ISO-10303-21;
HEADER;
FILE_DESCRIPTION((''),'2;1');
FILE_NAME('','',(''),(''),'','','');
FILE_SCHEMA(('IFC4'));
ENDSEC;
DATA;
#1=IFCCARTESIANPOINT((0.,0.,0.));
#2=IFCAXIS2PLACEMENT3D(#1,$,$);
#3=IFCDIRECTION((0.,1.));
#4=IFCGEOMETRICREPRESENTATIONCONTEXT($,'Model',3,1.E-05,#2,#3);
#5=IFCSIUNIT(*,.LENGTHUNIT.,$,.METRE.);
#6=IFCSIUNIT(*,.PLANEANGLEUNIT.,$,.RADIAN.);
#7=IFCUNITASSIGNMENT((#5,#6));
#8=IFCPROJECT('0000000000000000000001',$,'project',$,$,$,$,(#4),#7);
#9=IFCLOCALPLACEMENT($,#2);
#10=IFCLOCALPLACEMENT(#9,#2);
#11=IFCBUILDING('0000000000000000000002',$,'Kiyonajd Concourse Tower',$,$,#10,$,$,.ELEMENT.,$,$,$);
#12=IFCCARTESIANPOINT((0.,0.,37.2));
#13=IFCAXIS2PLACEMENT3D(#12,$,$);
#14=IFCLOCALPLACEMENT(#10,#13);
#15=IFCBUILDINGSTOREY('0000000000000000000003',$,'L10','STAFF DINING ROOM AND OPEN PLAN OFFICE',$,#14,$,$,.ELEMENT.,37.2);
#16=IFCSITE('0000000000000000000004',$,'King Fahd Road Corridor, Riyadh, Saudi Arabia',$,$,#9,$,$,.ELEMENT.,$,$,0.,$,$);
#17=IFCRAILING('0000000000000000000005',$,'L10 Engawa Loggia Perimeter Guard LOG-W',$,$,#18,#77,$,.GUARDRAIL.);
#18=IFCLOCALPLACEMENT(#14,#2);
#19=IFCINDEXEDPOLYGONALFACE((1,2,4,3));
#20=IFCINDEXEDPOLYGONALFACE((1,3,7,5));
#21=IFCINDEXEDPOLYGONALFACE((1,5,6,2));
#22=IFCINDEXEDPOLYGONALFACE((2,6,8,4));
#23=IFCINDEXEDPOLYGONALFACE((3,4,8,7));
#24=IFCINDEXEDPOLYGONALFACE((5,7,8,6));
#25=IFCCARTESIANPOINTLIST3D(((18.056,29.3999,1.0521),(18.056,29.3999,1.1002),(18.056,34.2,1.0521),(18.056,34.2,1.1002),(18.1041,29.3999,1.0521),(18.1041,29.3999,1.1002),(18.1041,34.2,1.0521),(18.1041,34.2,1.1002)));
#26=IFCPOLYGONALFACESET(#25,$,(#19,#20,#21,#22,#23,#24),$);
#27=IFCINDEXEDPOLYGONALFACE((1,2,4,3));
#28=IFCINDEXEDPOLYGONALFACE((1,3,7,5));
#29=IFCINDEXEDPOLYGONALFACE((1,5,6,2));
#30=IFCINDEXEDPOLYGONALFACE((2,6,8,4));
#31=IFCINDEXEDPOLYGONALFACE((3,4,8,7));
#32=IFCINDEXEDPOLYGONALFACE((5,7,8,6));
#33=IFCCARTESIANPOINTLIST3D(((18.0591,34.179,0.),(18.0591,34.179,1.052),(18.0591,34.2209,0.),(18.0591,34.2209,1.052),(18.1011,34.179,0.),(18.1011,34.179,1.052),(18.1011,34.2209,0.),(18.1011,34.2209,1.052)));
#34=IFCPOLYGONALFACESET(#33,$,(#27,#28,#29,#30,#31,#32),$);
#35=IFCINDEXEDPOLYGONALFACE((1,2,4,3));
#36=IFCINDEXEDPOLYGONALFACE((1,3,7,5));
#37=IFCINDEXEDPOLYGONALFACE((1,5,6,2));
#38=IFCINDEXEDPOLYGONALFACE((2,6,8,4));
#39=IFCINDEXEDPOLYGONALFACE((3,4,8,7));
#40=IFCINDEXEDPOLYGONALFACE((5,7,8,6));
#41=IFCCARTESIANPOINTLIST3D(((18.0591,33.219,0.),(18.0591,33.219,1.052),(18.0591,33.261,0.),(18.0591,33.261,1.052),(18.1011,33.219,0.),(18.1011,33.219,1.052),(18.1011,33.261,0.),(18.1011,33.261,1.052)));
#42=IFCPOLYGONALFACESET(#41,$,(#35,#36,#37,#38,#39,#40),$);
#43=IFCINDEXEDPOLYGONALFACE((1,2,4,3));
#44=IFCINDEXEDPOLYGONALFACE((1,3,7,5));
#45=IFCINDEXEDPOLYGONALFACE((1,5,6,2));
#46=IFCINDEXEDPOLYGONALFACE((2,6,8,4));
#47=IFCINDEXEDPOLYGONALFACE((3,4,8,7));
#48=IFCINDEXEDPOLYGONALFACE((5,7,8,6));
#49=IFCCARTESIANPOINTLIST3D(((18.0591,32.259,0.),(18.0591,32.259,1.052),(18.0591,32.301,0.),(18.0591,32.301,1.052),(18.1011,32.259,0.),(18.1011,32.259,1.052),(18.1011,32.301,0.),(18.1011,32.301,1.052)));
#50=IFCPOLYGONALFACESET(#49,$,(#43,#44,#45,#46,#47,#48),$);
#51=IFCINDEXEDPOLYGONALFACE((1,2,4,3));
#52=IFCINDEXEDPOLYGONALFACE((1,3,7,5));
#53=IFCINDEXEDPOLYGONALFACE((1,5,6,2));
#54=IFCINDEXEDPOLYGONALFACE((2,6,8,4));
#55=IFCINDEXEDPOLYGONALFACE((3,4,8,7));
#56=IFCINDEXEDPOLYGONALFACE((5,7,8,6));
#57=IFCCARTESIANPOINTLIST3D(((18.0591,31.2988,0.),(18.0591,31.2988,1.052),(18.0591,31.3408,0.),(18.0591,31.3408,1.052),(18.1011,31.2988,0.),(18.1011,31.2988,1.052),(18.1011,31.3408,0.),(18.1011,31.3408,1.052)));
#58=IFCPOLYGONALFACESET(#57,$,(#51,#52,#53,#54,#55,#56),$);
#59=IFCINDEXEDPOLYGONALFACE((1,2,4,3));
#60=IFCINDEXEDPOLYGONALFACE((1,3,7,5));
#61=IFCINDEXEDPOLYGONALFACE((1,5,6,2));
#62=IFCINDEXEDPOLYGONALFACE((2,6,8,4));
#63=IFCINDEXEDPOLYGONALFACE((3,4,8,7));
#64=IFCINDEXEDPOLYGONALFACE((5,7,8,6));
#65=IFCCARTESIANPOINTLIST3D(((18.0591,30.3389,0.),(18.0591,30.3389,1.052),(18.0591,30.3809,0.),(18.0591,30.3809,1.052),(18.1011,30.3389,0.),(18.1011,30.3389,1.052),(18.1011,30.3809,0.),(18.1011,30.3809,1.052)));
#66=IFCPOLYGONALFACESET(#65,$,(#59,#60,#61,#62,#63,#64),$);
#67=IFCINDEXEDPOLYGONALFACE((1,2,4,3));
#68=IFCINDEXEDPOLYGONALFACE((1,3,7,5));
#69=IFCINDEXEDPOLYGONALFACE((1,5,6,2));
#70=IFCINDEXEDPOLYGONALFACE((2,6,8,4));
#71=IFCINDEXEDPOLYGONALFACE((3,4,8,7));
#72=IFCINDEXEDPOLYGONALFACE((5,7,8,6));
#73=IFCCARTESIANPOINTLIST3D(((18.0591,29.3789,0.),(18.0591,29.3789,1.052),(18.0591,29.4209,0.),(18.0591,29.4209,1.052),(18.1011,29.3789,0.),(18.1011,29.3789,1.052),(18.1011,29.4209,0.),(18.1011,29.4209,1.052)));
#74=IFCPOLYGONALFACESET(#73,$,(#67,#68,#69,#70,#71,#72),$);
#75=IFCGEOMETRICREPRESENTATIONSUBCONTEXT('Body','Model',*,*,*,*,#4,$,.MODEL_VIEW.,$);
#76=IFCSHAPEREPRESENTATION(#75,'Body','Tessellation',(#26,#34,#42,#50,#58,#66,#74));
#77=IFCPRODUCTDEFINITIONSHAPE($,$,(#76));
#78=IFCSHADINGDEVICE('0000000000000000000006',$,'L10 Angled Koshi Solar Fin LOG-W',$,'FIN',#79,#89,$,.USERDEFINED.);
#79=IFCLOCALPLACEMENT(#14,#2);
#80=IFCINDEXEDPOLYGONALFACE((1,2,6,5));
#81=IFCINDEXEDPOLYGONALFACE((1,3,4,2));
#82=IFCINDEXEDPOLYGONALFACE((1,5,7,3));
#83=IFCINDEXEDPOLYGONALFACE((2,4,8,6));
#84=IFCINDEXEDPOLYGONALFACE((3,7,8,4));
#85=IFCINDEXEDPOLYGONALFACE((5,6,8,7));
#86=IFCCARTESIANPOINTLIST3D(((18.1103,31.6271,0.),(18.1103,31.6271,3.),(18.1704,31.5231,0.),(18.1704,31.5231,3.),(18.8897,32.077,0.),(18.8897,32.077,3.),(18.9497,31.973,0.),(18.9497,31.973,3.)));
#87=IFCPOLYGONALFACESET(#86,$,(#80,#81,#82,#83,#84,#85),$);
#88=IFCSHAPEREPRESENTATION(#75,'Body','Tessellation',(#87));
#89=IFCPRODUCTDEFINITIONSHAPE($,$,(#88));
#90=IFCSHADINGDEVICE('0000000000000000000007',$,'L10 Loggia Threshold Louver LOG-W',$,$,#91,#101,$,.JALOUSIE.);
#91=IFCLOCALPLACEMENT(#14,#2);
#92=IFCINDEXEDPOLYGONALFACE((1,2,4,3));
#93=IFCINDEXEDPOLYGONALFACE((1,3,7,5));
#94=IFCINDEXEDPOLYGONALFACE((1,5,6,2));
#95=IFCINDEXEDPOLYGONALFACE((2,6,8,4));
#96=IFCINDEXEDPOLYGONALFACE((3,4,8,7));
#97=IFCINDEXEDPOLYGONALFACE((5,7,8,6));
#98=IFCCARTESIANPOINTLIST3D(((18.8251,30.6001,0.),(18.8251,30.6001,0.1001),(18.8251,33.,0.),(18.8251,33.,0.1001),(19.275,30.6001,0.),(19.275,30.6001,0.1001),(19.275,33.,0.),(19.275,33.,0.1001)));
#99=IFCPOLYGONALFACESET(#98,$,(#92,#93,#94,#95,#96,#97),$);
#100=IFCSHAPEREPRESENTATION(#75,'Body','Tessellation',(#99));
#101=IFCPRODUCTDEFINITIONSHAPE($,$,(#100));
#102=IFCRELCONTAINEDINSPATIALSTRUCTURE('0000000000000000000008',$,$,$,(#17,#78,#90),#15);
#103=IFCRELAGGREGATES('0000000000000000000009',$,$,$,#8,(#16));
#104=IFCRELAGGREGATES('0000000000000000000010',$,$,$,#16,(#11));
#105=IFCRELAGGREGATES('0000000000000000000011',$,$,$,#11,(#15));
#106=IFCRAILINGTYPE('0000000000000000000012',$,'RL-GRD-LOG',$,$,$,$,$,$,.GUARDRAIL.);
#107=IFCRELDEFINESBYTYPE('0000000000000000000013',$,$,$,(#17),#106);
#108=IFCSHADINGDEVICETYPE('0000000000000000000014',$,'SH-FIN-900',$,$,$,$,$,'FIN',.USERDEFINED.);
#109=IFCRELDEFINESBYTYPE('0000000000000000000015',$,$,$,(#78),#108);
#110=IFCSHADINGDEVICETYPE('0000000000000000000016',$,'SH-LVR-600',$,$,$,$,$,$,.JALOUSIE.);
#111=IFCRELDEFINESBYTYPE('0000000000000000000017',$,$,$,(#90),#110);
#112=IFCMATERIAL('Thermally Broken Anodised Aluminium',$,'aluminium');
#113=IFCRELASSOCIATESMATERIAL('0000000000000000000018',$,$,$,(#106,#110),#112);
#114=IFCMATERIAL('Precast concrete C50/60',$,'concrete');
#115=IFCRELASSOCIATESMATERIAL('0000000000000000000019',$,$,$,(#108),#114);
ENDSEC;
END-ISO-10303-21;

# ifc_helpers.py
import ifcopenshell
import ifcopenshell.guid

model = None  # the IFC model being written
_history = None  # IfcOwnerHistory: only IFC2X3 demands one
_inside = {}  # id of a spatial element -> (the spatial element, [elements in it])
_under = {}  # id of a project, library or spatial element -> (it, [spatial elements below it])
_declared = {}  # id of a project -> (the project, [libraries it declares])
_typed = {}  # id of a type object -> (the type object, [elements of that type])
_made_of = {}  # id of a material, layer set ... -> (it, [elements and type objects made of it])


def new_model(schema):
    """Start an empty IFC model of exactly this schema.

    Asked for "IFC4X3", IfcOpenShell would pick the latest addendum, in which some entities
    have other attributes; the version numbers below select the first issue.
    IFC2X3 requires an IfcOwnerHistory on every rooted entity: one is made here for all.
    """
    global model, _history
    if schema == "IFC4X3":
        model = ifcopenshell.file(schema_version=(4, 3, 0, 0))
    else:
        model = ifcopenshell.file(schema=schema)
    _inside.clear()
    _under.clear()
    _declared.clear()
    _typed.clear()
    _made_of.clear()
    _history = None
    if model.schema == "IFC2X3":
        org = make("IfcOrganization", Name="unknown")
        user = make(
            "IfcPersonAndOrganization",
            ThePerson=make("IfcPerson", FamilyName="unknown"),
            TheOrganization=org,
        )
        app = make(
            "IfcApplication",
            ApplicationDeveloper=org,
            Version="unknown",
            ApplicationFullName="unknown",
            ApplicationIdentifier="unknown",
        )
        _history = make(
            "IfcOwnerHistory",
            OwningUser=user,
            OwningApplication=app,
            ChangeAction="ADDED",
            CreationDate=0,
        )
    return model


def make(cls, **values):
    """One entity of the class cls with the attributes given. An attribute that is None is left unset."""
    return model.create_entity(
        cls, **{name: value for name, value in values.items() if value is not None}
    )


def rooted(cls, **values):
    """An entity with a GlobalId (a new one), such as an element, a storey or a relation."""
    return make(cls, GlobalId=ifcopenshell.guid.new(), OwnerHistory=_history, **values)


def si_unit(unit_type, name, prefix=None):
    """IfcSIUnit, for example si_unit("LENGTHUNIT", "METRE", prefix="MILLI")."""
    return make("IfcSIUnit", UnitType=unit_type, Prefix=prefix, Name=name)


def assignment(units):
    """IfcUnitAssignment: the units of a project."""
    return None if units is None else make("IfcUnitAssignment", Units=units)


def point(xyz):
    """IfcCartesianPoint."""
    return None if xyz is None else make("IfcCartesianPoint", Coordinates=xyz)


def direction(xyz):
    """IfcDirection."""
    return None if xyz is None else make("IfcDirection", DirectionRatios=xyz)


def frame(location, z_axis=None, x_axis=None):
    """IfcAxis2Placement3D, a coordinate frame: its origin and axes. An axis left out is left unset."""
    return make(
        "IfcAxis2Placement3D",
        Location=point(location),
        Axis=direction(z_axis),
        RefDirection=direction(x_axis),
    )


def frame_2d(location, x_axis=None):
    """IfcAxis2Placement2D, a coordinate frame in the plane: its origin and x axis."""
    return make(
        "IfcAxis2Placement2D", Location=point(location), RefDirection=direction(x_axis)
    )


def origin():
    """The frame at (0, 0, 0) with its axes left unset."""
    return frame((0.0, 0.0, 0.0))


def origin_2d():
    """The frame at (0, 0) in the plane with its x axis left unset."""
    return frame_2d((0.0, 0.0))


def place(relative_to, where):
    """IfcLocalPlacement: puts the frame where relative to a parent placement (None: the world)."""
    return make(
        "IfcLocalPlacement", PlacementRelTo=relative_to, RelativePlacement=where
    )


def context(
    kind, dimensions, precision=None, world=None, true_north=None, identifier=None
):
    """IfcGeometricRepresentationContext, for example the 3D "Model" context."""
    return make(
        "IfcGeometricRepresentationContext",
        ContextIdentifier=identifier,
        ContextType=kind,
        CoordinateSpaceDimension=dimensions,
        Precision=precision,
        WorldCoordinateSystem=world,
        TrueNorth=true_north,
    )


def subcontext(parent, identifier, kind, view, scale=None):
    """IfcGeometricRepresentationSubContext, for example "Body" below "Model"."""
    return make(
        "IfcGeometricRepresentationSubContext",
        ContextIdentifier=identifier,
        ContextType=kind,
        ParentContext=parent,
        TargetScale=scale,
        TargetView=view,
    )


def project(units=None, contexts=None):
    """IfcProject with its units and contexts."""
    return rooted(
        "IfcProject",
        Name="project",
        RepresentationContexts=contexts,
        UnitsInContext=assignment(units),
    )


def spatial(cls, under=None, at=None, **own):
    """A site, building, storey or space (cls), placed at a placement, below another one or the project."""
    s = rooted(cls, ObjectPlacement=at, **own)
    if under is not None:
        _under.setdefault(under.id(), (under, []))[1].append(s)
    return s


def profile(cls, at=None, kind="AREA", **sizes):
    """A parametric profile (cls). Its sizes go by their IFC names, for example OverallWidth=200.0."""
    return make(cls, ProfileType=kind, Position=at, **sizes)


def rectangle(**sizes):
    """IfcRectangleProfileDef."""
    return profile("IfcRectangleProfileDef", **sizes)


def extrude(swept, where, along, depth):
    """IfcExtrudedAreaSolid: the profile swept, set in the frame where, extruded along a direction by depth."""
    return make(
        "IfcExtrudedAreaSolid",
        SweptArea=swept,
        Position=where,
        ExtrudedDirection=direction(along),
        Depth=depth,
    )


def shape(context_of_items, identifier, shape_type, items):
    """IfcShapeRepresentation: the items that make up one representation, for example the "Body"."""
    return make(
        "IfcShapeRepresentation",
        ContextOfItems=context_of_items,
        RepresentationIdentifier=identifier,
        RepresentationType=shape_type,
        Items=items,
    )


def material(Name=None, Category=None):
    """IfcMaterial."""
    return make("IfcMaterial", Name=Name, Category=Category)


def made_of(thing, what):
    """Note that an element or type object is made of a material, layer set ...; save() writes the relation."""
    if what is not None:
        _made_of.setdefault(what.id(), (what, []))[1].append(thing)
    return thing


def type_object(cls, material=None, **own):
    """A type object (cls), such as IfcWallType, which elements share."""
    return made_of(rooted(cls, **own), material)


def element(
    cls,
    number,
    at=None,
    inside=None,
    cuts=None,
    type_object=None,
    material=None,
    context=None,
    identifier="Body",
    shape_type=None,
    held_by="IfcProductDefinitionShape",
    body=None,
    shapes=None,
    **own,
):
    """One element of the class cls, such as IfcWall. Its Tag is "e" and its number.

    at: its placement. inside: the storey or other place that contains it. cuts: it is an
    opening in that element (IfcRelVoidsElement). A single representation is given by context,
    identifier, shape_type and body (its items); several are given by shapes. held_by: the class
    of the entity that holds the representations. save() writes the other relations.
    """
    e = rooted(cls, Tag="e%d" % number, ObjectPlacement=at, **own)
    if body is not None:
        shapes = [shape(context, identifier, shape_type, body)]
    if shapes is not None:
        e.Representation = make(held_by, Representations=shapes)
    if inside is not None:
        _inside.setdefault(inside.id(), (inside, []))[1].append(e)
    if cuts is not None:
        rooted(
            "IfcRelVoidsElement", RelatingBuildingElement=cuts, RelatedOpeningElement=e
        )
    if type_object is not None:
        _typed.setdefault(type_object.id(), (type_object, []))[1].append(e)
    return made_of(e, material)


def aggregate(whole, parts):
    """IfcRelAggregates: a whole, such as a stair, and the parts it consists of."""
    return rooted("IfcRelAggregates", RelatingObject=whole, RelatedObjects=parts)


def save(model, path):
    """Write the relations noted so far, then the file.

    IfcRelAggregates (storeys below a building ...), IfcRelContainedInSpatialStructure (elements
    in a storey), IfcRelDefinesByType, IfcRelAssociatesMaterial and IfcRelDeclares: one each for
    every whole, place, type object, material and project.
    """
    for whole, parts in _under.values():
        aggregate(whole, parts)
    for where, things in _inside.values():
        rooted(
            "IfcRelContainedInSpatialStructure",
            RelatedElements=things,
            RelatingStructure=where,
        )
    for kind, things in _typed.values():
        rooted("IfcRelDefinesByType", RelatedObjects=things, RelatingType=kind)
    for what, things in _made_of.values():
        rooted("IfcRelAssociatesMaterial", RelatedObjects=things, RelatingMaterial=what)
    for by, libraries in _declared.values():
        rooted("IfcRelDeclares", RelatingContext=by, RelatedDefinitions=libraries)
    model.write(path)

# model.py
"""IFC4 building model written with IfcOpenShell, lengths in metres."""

from ifc_helpers import new_model, si_unit, direction, frame, origin, origin_2d, place, context, subcontext, project, spatial, rectangle, extrude, material, type_object, element, save


model = new_model("IFC4")

# Units and contexts
model_context = context("Model", 3, precision=1e-05, world=origin(), true_north=direction((0.0, 1.0)))
body_context = subcontext(model_context, "Body", "Model", "MODEL_VIEW")
ifc_project = project(units=[si_unit("LENGTHUNIT", "METRE"), si_unit("PLANEANGLEUNIT", "RADIAN")], contexts=[model_context])

# Site, building, storey
site_placement = place(None, origin())
site = spatial("IfcSite", under=ifc_project, at=site_placement, Name="King Fahd Road Corridor, Riyadh, Saudi Arabia", CompositionType="ELEMENT", RefElevation=0.0)
building_placement = place(site_placement, origin())
building = spatial("IfcBuilding", under=site, at=building_placement, Name="Kiyonajd Concourse Tower", CompositionType="ELEMENT")
storey_placement = place(building_placement, frame((0.0, 0.0, 37.2)))
storey = spatial("IfcBuildingStorey", under=building, at=storey_placement, Name="L10", Description="STAFF DINING ROOM AND OPEN PLAN OFFICE", CompositionType="ELEMENT", Elevation=37.2)

# Shared definitions
ifc_material_1 = material(Name="Precast concrete C50/60", Category="concrete")

# Shared definitions
ifc_material_2 = material(Name="Thermally Broken Anodised Aluminium", Category="aluminium")

# Railing
railing_type = type_object("IfcRailingType", Name="RL-GRD-LOG", PredefinedType="GUARDRAIL", material=ifc_material_2)
railing_placement = place(storey_placement, frame((18.0801, 34.2, 0.0)))
element("IfcRailing", 1, at=railing_placement, inside=storey, type_object=railing_type, Name="L10 Engawa Loggia Perimeter Guard LOG-W", PredefinedType="GUARDRAIL", context=body_context, shape_type="SweptSolid", body=[
    extrude(rectangle(XDim=0.0481, YDim=0.0481, at=origin_2d()), frame((0.0, 0.0, 1.0762), z_axis=(0.0, -1.0, 0.0), x_axis=(1.0, 0.0, 0.0)), (0.0, 0.0, 1.0), 4.8),
    extrude(rectangle(XDim=0.042, YDim=0.042, at=origin_2d()), origin(), (0.0, 0.0, 1.0), 1.052),
    extrude(rectangle(XDim=0.042, YDim=0.042, at=origin_2d()), frame((0.0, -0.96, 0.0)), (0.0, 0.0, 1.0), 1.052),
    extrude(rectangle(XDim=0.042, YDim=0.042, at=origin_2d()), frame((0.0, -1.9199, 0.0)), (0.0, 0.0, 1.0), 1.052),
    extrude(rectangle(XDim=0.042, YDim=0.042, at=origin_2d()), frame((0.0, -2.8801, 0.0)), (0.0, 0.0, 1.0), 1.052),
    extrude(rectangle(XDim=0.042, YDim=0.042, at=origin_2d()), frame((0.0, -3.8401, 0.0)), (0.0, 0.0, 1.0), 1.052),
    extrude(rectangle(XDim=0.042, YDim=0.042, at=origin_2d()), frame((0.0, -4.8, 0.0)), (0.0, 0.0, 1.0), 1.052),
])

# Shading devices
shading_device_type_1 = type_object("IfcShadingDeviceType", Name="SH-FIN-900", ElementType="FIN", PredefinedType="USERDEFINED", material=ifc_material_1)
shading_device_1_placement = place(storey_placement, frame((18.53, 31.8, 0.0), z_axis=(0.0, 0.0, 1.0), x_axis=(0.866025, 0.5, 0.0)))
element("IfcShadingDevice", 2, at=shading_device_1_placement, inside=storey, type_object=shading_device_type_1, Name="L10 Angled Koshi Solar Fin LOG-W", ObjectType="FIN", PredefinedType="USERDEFINED", context=body_context, shape_type="SweptSolid", body=[
    extrude(rectangle(XDim=0.8999, YDim=0.1201, at=origin_2d()), origin(), (0.0, 0.0, 1.0), 3.0),
])
shading_device_type_2 = type_object("IfcShadingDeviceType", Name="SH-LVR-600", PredefinedType="JALOUSIE", material=ifc_material_2)
shading_device_2_placement = place(storey_placement, frame((19.05, 31.8, 0.0), z_axis=(0.0, 0.0, 1.0), x_axis=(0.0, 1.0, 0.0)))
element("IfcShadingDevice", 3, at=shading_device_2_placement, inside=storey, type_object=shading_device_type_2, Name="L10 Loggia Threshold Louver LOG-W", PredefinedType="JALOUSIE", context=body_context, shape_type="SweptSolid", body=[
    extrude(rectangle(XDim=2.3999, YDim=0.45, at=origin_2d()), origin(), (0.0, 0.0, 1.0), 0.1001),
])

save(model, "model.ifc")
